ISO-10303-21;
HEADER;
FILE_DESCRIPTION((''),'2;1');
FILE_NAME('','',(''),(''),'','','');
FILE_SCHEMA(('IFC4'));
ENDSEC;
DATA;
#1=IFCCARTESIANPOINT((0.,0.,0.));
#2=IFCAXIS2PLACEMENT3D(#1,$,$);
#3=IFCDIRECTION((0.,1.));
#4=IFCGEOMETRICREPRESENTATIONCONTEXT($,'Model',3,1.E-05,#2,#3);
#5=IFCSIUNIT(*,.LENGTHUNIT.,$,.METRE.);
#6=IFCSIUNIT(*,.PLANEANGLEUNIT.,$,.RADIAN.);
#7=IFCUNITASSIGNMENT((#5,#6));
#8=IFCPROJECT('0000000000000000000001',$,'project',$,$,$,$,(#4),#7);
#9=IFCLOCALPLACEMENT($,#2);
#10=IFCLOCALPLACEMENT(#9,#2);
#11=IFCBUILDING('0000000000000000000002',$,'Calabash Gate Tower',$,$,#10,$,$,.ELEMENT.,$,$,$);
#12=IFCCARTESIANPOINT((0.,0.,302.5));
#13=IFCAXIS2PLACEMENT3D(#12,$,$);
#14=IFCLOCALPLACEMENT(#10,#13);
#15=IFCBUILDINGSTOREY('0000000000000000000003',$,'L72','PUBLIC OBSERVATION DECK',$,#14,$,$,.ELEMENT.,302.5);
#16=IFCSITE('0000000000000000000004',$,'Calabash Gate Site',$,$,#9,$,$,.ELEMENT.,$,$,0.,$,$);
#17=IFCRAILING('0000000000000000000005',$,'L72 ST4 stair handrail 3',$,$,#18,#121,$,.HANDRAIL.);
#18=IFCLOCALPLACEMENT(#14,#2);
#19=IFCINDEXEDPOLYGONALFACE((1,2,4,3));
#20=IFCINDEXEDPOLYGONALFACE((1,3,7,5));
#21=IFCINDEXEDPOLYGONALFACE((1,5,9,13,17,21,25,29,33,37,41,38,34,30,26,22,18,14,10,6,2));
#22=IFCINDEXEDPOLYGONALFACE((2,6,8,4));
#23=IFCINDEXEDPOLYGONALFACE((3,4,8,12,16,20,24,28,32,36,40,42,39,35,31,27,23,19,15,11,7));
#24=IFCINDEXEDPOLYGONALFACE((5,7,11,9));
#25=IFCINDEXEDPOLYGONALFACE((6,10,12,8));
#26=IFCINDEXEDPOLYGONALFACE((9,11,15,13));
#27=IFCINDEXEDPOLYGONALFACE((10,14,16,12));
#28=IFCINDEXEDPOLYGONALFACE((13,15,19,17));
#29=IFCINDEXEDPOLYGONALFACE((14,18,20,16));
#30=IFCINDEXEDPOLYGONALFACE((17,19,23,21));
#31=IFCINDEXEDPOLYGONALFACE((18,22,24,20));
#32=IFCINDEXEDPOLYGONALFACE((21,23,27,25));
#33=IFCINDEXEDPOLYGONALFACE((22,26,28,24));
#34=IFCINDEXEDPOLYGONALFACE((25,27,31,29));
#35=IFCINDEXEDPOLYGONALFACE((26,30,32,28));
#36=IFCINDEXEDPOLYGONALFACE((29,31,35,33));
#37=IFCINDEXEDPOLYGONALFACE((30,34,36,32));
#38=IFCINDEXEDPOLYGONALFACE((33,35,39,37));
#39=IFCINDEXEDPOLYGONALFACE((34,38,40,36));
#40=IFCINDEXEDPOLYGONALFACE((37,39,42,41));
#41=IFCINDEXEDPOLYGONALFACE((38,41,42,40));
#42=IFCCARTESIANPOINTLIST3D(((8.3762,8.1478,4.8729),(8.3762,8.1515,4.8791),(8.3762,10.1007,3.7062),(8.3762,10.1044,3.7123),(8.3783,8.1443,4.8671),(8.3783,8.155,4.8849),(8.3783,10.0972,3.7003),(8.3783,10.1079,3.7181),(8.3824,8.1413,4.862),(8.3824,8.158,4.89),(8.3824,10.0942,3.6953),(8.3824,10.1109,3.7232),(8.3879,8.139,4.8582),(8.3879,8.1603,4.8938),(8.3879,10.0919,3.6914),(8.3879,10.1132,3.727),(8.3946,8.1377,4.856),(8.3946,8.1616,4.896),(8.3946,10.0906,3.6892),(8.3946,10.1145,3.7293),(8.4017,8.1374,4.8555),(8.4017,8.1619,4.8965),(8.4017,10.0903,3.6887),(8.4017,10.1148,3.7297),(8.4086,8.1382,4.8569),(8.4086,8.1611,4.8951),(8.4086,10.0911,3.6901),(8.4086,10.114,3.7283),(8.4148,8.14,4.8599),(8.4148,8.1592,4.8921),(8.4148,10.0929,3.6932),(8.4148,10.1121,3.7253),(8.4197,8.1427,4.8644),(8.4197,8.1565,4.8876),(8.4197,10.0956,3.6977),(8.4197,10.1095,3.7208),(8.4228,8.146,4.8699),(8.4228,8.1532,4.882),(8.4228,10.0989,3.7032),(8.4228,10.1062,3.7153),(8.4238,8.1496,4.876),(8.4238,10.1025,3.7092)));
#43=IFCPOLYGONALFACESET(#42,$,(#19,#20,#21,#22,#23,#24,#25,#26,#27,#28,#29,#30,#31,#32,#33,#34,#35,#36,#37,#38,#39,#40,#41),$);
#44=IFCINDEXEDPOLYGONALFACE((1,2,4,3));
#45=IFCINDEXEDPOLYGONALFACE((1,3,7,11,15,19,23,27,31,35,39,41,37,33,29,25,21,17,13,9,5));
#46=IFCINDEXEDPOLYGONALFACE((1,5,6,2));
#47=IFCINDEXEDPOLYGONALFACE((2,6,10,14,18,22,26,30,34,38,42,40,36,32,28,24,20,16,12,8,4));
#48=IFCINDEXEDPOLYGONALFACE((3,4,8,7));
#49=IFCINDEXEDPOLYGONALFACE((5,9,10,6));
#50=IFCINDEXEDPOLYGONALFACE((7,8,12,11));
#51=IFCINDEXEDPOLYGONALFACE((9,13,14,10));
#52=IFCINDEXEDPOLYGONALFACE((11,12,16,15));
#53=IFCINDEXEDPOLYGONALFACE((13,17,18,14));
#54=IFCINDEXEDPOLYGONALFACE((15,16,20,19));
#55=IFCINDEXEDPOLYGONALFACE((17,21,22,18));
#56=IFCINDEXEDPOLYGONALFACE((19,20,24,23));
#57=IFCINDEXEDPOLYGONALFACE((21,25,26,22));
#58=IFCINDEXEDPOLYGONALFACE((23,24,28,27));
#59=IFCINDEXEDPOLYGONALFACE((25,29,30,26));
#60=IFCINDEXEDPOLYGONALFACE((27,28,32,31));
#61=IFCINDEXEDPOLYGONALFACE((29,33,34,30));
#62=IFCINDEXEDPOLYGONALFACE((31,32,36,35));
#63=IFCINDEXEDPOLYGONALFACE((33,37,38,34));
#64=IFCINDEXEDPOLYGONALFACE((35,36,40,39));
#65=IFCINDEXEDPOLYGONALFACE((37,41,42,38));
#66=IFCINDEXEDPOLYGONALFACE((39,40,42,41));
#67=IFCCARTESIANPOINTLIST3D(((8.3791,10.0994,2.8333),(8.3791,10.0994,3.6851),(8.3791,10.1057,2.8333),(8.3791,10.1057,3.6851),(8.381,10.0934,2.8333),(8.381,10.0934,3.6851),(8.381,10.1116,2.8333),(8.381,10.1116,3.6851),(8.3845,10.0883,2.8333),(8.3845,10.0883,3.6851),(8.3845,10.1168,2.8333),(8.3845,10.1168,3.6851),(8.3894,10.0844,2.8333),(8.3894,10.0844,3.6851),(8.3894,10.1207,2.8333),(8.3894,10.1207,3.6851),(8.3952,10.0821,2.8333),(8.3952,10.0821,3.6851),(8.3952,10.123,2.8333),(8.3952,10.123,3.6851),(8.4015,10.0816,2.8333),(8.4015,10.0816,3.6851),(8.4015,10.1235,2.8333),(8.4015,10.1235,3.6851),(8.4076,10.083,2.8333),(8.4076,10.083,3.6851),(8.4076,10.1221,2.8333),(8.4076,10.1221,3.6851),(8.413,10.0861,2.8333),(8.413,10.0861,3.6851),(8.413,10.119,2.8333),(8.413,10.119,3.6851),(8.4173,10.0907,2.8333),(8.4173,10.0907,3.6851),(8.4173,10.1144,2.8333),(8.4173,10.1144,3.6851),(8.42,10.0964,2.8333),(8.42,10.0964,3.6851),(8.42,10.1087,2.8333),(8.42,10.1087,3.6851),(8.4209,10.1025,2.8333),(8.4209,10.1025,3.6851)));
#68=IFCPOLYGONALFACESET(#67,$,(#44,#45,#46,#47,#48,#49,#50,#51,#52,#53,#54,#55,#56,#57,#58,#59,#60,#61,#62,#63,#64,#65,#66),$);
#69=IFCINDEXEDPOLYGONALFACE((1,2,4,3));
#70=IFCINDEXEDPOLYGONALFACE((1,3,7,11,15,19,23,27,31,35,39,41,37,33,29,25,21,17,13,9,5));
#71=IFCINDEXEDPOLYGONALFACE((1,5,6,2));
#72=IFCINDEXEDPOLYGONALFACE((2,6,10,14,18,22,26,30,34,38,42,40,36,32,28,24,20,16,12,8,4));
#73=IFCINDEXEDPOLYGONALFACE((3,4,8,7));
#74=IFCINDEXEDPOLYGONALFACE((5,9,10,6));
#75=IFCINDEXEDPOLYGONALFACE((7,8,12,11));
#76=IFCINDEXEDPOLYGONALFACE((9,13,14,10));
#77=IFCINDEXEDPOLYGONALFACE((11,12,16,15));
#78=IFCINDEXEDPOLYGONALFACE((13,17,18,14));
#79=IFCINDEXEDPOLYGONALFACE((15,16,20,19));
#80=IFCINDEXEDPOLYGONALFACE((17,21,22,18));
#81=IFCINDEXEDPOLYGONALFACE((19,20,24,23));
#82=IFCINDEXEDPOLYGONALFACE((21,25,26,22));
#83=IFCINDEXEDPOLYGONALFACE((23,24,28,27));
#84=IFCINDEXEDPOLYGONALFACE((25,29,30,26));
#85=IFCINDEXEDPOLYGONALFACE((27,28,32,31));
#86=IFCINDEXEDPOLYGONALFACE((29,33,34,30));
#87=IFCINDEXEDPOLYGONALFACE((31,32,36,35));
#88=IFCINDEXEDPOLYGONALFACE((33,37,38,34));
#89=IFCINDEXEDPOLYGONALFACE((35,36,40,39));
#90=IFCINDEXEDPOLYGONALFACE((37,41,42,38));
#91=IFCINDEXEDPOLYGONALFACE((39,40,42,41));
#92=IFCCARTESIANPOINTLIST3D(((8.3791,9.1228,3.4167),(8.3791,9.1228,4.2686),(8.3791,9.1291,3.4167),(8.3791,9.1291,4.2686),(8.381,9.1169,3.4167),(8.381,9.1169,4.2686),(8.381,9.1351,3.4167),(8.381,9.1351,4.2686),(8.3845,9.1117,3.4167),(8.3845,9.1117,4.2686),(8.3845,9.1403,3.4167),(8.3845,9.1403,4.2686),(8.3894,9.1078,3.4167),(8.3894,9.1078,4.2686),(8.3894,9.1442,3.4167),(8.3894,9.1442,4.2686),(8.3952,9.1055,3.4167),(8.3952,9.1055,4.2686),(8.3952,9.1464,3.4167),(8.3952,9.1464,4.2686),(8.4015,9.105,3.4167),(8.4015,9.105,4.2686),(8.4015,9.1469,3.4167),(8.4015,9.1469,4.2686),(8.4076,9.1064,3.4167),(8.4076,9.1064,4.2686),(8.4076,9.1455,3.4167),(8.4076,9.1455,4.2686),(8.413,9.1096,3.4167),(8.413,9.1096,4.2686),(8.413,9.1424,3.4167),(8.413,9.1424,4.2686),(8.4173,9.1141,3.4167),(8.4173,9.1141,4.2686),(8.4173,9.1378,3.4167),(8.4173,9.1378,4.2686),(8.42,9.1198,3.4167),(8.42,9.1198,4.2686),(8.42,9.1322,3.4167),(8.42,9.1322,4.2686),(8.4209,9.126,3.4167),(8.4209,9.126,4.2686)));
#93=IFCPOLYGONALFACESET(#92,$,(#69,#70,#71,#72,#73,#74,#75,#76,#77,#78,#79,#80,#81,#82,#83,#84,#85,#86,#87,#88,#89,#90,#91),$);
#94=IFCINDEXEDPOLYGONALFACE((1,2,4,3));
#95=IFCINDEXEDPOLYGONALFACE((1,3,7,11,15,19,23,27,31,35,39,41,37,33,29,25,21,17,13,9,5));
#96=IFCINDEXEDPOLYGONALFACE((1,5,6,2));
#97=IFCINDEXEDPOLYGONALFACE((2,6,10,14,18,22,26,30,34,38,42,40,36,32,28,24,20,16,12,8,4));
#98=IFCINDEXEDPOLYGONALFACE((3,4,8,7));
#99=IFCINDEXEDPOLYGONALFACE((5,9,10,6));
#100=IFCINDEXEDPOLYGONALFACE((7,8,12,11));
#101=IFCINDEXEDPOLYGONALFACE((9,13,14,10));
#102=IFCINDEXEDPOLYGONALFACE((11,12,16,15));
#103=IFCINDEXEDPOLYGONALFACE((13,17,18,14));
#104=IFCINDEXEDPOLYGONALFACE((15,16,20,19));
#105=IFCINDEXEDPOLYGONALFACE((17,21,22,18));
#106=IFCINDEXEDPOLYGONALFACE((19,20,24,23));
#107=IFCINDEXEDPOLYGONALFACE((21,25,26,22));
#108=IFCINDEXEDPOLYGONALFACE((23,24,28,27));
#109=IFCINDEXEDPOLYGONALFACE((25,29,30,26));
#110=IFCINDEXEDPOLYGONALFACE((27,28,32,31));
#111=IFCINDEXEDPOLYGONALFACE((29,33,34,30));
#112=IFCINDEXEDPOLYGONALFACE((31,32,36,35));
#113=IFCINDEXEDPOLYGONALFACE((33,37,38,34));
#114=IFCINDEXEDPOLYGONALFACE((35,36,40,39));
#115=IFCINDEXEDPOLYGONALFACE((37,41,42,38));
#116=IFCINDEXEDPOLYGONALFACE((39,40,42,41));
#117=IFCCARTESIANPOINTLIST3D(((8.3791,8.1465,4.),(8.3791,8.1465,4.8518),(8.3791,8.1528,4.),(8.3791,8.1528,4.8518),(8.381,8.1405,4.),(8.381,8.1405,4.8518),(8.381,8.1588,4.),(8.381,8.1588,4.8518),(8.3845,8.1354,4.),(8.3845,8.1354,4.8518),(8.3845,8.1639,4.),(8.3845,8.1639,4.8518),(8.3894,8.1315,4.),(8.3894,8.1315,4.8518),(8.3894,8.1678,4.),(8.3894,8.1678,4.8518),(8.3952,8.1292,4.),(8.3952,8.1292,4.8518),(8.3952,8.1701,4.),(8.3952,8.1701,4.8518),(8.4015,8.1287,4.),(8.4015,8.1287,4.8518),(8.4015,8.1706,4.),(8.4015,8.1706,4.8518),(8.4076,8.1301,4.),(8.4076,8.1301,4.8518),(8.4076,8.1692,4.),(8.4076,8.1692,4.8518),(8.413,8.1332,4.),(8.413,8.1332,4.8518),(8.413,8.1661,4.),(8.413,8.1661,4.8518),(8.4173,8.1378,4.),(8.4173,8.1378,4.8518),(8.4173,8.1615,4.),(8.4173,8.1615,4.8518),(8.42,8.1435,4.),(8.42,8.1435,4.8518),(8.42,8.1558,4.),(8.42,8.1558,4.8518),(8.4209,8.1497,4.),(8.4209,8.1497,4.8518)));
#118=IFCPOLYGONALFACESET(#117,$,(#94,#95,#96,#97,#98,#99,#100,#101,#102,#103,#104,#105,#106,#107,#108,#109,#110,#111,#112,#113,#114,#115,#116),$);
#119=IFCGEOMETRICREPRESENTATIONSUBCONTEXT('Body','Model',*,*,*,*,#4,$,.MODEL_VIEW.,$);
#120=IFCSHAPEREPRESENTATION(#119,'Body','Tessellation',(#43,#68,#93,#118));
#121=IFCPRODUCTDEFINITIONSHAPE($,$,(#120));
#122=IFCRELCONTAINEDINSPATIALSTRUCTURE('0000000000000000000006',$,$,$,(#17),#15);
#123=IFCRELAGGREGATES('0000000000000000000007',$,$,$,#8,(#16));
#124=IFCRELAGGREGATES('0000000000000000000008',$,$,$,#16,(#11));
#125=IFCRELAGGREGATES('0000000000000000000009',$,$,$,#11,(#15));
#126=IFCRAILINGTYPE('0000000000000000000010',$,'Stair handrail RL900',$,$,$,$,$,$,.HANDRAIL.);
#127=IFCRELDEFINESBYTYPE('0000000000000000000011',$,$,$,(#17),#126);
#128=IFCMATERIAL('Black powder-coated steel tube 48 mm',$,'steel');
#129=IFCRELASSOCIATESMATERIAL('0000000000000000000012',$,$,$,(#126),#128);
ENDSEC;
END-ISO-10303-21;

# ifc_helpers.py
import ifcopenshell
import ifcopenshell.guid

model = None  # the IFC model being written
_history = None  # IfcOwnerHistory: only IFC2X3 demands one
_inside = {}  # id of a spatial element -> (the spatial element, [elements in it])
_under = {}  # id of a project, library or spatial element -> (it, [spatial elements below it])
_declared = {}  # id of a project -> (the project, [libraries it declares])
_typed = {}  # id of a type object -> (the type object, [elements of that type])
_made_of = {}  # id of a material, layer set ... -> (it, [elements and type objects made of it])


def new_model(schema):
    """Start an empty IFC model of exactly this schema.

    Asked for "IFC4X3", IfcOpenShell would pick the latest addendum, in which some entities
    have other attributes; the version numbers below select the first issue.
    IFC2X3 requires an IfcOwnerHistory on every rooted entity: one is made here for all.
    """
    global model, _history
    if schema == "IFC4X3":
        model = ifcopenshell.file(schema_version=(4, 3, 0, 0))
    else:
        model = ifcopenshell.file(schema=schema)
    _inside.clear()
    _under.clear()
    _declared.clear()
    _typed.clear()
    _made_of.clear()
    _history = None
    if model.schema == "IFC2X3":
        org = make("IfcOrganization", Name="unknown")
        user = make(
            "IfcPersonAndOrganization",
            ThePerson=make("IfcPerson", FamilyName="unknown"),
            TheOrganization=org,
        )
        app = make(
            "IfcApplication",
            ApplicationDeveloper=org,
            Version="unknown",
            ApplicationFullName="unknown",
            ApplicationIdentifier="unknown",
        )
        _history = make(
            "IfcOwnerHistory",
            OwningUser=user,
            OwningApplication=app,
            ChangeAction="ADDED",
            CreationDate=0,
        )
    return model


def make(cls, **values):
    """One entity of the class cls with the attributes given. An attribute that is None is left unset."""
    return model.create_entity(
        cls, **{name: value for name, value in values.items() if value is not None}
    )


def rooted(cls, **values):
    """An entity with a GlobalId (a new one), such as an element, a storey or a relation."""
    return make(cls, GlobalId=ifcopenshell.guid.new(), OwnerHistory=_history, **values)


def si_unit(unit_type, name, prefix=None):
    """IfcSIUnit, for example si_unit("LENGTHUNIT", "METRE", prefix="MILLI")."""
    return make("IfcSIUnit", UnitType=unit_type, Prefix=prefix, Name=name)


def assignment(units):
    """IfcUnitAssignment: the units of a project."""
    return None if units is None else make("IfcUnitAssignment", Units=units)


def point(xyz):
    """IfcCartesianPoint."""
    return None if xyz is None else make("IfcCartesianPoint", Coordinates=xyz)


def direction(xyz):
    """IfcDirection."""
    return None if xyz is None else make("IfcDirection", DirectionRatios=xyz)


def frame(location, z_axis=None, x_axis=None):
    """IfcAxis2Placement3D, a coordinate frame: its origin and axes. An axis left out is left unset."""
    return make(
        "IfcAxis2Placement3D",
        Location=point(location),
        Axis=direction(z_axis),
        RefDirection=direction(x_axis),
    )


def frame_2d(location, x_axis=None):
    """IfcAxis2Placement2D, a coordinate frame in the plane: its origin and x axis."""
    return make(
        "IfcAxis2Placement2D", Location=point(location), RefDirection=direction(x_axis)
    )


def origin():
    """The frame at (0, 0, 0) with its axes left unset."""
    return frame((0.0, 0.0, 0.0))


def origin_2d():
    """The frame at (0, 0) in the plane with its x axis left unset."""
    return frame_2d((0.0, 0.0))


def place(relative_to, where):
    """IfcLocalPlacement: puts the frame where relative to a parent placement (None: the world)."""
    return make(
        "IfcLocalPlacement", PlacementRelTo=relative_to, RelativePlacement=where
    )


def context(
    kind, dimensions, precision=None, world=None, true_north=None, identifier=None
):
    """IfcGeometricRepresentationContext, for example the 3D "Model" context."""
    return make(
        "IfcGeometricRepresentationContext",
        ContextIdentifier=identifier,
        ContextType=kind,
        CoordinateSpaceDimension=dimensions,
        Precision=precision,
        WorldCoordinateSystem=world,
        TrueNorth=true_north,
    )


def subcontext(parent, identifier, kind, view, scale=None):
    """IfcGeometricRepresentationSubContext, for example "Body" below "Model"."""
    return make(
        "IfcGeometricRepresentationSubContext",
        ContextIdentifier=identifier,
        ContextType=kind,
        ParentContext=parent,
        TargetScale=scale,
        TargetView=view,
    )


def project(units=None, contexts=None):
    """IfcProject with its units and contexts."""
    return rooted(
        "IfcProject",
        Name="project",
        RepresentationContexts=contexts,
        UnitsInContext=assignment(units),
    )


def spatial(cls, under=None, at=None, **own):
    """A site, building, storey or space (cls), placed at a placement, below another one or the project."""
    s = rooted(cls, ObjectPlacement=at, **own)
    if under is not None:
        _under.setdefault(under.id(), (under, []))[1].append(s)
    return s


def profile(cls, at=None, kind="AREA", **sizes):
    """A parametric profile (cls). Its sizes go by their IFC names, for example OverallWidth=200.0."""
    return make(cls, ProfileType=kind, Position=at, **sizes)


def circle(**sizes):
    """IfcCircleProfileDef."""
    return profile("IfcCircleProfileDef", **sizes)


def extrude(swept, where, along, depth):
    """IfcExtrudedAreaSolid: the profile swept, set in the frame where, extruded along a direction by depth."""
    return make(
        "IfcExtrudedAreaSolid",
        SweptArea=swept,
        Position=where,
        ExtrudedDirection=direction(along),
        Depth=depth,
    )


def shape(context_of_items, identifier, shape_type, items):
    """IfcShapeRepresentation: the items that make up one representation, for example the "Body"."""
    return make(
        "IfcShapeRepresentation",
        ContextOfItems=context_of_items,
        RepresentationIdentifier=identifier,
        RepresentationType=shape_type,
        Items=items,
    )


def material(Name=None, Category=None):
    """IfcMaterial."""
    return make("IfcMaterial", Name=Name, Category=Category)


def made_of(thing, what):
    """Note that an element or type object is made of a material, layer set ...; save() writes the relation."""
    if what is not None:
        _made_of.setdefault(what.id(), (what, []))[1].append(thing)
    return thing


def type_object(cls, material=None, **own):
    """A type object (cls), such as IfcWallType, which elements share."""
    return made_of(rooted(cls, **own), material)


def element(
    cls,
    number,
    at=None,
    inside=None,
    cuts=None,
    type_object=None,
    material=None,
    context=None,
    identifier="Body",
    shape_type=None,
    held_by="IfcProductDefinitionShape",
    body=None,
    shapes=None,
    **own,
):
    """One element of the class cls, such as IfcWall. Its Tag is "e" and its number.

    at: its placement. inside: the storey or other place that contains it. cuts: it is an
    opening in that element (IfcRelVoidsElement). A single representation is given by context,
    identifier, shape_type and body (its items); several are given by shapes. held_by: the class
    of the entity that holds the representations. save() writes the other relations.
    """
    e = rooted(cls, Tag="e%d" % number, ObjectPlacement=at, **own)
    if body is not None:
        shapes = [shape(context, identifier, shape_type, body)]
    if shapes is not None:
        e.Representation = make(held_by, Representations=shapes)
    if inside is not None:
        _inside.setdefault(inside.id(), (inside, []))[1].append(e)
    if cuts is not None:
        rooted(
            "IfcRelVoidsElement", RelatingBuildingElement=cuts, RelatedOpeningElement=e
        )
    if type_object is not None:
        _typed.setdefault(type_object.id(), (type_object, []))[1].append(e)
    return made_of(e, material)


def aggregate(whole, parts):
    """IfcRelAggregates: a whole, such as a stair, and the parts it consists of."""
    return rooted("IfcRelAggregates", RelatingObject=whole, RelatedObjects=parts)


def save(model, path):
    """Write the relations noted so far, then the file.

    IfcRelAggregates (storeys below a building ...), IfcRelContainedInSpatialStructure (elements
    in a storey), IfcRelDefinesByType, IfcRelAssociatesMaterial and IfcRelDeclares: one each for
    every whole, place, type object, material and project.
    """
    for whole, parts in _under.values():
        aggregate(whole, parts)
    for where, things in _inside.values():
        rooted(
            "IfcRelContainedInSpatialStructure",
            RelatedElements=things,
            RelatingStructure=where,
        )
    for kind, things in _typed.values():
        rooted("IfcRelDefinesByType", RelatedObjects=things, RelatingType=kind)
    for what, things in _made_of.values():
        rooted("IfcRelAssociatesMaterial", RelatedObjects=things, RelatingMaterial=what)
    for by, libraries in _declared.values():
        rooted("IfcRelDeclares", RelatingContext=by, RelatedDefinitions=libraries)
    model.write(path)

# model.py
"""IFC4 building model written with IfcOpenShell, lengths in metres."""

from ifc_helpers import new_model, si_unit, direction, frame, origin, origin_2d, place, context, subcontext, project, spatial, circle, extrude, material, type_object, element, save


model = new_model("IFC4")

# Units and contexts
model_context = context("Model", 3, precision=1e-05, world=origin(), true_north=direction((0.0, 1.0)))
body_context = subcontext(model_context, "Body", "Model", "MODEL_VIEW")
ifc_project = project(units=[si_unit("LENGTHUNIT", "METRE"), si_unit("PLANEANGLEUNIT", "RADIAN")], contexts=[model_context])

# Site, building, storey
site_placement = place(None, origin())
site = spatial("IfcSite", under=ifc_project, at=site_placement, Name="Calabash Gate Site", CompositionType="ELEMENT", RefElevation=0.0)
building_placement = place(site_placement, origin())
building = spatial("IfcBuilding", under=site, at=building_placement, Name="Calabash Gate Tower", CompositionType="ELEMENT")
storey_placement = place(building_placement, frame((0.0, 0.0, 302.5)))
storey = spatial("IfcBuildingStorey", under=building, at=storey_placement, Name="L72", Description="PUBLIC OBSERVATION DECK", CompositionType="ELEMENT", Elevation=302.5)

# Railing
ifc_material_1 = material(Name="Black powder-coated steel tube 48 mm", Category="steel")
railing_type_1 = type_object("IfcRailingType", Name="Stair handrail RL900", PredefinedType="HANDRAIL", material=ifc_material_1)
railing_1_placement = place(storey_placement, frame((8.3999, 10.1025, 2.8333)))
element("IfcRailing", 1, at=railing_1_placement, inside=storey, type_object=railing_type_1, Name="L72 ST4 stair handrail 3", PredefinedType="HANDRAIL", context=body_context, shape_type="SweptSolid", body=[
    extrude(circle(Radius=0.0239, at=origin_2d()), frame((0.0, 0.0, 0.876), z_axis=(0.0, -0.858457, 0.512885), x_axis=(1.0, 0.0, 0.0)), (0.0, 0.0, 1.0), 2.2749),
    extrude(circle(Radius=0.021, at=origin_2d()), origin(), (0.0, 0.0, 1.0), 0.8518),
    extrude(circle(Radius=0.021, at=origin_2d()), frame((0.0, -0.9766, 0.5835)), (0.0, 0.0, 1.0), 0.8518),
    extrude(circle(Radius=0.021, at=origin_2d()), frame((0.0, -1.9529, 1.1667)), (0.0, 0.0, 1.0), 0.8518),
])

save(model, "model.ifc")
